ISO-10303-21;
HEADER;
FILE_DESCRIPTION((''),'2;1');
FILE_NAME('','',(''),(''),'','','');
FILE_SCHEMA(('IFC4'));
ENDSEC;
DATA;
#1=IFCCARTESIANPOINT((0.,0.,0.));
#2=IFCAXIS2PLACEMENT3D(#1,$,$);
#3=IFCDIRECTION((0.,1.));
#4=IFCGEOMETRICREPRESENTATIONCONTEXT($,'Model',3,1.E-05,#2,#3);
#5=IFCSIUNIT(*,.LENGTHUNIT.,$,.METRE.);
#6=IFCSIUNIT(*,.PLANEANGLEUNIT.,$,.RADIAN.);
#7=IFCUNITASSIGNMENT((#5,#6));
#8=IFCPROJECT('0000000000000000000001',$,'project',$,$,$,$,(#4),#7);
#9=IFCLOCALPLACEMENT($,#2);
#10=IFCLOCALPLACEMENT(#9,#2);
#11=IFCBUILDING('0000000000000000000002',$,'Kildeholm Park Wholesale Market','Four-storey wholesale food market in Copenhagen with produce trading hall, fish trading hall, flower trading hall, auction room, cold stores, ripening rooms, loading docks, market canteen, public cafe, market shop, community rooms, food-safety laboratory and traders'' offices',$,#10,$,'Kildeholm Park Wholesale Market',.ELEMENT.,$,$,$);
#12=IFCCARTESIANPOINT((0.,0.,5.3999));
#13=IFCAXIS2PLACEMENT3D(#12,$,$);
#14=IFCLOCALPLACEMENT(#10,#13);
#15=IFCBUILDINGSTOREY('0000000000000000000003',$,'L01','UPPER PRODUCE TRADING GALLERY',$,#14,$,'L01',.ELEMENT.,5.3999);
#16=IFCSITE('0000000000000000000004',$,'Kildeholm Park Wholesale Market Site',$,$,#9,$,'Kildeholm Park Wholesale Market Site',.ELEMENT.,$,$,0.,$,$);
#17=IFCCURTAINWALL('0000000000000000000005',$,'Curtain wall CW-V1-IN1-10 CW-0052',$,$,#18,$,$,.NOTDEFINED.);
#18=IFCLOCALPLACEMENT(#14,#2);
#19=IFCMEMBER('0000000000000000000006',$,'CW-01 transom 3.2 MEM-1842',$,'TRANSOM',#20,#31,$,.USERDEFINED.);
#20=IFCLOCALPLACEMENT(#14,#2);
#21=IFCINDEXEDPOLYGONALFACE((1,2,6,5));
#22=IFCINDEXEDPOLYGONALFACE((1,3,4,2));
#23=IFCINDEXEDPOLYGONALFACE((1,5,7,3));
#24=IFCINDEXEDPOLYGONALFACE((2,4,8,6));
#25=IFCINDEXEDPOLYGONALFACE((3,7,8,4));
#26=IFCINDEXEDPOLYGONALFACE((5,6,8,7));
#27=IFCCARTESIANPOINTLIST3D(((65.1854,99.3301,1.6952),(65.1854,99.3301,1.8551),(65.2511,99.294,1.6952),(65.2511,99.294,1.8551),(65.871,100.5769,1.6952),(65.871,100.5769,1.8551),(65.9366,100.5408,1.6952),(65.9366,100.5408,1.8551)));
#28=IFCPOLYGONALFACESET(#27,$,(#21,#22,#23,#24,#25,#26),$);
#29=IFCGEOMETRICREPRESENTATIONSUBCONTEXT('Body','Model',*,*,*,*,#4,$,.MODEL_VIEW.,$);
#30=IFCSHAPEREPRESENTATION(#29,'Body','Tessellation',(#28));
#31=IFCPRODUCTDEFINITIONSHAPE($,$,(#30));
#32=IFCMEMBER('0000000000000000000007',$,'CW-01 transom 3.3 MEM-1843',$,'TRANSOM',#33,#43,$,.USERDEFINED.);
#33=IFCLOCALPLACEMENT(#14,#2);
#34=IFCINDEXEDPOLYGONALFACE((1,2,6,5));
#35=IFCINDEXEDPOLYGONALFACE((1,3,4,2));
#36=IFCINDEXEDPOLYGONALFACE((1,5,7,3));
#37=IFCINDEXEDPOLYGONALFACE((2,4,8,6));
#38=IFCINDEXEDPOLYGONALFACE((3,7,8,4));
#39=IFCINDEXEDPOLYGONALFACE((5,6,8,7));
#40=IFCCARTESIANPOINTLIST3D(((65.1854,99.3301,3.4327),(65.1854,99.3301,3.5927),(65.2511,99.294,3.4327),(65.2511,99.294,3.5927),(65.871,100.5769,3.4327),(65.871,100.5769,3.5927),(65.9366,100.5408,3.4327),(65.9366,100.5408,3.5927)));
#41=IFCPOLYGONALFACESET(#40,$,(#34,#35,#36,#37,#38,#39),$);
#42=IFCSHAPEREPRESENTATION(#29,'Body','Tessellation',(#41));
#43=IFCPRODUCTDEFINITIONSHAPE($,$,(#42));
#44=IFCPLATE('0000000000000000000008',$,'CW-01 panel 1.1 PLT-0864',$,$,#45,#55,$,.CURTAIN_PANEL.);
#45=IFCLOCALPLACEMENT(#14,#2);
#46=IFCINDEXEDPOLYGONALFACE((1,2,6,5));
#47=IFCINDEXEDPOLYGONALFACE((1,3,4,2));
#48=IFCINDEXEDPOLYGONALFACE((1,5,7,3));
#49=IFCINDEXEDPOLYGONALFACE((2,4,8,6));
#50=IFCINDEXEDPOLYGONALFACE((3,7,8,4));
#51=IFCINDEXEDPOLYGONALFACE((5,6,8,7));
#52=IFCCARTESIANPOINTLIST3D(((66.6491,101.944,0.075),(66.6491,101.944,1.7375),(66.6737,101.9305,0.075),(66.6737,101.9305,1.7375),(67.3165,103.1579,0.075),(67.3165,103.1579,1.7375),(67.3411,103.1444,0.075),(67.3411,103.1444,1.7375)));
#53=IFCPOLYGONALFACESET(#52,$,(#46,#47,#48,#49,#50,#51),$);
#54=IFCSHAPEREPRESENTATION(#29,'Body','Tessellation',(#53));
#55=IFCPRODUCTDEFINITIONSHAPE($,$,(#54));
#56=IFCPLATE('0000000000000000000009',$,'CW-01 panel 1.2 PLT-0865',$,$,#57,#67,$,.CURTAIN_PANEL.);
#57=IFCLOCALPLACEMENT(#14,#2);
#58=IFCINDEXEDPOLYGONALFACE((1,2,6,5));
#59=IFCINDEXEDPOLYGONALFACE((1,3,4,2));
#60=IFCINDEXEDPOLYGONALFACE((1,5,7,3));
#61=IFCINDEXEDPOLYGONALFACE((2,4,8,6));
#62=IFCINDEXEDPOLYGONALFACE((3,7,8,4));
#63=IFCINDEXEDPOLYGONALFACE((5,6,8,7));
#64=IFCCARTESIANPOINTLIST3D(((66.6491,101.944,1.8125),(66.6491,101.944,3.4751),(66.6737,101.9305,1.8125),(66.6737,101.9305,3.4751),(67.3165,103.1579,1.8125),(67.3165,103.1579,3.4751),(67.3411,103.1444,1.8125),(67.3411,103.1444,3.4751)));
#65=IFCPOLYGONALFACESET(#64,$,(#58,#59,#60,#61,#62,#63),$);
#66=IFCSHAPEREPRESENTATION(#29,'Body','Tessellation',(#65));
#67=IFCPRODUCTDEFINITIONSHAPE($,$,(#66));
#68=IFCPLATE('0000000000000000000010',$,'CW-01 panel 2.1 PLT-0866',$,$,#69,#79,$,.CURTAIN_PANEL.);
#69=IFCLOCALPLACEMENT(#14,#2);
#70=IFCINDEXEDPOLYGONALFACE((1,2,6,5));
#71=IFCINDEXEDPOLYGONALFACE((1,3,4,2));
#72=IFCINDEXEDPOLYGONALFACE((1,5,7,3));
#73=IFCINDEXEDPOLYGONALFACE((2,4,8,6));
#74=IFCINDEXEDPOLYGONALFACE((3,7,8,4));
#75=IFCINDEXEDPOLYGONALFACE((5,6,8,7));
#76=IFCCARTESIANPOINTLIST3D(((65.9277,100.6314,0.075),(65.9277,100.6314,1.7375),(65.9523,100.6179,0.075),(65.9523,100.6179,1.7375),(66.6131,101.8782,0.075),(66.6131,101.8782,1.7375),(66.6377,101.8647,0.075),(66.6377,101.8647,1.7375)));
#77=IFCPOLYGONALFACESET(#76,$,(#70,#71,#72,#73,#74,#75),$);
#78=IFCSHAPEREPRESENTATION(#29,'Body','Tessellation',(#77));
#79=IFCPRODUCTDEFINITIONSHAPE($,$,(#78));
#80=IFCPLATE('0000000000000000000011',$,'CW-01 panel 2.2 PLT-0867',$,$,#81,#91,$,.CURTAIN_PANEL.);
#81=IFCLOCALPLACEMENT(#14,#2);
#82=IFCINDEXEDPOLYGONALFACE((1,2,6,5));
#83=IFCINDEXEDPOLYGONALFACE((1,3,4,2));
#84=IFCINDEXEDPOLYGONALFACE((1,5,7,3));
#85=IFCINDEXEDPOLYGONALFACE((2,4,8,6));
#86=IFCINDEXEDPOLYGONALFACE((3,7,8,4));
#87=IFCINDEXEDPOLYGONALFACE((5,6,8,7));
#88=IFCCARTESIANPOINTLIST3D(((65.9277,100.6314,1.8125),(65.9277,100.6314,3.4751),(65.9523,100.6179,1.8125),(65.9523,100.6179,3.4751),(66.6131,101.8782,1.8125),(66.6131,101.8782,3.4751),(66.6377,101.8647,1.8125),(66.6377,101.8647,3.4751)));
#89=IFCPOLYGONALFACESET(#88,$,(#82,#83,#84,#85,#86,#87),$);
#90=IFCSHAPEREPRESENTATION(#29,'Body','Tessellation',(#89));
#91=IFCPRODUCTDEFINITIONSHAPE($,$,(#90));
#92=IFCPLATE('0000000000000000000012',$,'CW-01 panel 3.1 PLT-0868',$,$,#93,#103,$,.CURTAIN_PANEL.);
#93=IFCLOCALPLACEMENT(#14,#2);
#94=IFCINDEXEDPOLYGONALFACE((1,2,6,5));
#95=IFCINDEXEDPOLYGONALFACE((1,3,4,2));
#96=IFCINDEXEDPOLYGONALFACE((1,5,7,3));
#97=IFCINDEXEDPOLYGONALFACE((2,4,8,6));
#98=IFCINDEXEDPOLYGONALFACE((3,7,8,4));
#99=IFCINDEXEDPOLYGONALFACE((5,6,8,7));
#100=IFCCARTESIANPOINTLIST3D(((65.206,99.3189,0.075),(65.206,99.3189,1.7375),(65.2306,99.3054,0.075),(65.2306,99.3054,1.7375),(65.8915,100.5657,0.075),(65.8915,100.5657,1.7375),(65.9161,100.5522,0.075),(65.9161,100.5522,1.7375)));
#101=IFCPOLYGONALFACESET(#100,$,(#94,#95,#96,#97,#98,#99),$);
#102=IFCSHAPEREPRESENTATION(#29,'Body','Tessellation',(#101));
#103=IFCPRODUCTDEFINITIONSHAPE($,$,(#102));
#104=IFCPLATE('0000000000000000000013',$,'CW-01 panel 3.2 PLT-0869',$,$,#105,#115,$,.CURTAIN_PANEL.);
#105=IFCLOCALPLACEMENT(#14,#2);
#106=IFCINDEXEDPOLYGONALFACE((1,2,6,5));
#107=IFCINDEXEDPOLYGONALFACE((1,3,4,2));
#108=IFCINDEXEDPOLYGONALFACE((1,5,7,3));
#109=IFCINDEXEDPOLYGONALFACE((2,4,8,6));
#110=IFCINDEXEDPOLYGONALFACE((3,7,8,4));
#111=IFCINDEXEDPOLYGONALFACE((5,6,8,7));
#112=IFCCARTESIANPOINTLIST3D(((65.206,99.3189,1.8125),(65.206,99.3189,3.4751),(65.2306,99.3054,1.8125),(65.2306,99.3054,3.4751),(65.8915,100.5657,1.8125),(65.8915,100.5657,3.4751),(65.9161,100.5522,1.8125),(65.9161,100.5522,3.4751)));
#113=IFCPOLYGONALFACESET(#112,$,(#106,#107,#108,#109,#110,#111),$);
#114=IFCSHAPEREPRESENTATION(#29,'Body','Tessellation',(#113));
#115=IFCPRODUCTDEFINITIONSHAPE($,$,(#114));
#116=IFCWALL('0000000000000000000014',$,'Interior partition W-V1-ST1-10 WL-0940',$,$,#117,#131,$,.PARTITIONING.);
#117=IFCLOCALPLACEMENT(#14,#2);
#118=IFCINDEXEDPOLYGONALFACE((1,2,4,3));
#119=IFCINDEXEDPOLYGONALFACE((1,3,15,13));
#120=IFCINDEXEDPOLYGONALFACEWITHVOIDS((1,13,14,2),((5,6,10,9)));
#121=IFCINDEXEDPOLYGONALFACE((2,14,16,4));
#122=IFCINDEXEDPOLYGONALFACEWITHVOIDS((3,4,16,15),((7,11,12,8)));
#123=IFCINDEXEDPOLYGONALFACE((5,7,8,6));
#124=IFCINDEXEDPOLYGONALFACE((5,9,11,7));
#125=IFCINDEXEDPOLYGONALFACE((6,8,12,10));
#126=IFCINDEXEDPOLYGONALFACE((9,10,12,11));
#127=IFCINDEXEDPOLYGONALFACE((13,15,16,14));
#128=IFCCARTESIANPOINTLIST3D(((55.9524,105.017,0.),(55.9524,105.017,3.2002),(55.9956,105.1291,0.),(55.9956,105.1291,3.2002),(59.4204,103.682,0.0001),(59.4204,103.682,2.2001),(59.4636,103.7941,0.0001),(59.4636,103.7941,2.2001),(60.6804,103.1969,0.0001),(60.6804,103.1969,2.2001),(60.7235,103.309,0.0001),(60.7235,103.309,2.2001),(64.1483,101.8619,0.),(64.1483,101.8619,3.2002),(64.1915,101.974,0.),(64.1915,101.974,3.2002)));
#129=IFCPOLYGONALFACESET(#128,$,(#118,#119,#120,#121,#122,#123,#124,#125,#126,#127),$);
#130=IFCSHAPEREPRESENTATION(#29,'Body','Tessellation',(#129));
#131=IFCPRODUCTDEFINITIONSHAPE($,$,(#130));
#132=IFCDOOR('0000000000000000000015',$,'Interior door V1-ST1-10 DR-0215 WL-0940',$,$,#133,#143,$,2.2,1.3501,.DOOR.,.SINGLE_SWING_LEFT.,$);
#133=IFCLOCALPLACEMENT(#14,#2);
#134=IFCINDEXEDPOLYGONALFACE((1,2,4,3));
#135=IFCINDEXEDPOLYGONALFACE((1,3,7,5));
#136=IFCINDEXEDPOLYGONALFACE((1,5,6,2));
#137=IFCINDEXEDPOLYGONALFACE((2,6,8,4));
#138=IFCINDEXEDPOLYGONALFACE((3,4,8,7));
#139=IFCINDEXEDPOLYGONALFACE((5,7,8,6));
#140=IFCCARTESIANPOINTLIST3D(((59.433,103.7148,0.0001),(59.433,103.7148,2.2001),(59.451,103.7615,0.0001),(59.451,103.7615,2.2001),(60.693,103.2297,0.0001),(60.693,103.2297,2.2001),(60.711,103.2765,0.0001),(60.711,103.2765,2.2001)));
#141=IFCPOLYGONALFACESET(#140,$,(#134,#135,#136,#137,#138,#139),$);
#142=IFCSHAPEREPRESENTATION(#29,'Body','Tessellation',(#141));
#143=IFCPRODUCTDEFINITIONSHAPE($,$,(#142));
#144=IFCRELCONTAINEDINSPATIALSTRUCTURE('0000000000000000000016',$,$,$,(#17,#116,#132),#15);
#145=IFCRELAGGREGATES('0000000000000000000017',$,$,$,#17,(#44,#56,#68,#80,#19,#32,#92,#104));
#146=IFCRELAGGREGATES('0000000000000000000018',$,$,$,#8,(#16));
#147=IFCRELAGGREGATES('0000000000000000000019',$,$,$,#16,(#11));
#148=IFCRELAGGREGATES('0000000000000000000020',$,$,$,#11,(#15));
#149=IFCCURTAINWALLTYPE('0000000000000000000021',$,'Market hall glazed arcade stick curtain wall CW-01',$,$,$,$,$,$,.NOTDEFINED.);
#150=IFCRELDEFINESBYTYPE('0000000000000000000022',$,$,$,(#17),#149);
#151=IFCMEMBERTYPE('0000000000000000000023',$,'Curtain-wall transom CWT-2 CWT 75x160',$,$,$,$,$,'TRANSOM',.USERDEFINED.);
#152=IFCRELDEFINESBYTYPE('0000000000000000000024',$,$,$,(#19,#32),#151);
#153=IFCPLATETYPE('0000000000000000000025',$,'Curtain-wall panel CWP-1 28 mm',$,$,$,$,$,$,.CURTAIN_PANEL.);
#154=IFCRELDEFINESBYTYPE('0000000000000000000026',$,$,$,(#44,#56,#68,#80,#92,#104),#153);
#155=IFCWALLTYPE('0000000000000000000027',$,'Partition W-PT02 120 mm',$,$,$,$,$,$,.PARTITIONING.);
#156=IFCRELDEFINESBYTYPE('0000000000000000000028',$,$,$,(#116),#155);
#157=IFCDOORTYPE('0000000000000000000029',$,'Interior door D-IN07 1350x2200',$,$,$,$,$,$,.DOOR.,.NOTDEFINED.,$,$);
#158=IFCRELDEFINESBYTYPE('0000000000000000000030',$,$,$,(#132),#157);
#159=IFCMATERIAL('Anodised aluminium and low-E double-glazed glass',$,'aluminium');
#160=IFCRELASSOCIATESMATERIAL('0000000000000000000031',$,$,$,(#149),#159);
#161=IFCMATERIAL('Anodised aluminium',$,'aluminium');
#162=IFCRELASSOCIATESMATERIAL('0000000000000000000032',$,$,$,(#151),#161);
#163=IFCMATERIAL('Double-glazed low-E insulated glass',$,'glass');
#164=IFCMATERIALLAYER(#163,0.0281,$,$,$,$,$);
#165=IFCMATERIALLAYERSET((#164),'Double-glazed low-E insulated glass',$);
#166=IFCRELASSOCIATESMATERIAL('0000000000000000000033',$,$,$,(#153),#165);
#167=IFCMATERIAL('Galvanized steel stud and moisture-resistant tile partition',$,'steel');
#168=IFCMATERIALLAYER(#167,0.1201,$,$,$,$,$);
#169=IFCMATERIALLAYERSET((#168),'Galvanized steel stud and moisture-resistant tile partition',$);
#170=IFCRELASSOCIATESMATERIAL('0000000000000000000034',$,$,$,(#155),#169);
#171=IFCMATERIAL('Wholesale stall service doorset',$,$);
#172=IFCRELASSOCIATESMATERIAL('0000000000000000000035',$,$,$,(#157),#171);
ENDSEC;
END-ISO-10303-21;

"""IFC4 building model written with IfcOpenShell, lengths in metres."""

from ifc_helpers import new_model, si_unit, direction, frame, frame_2d, origin, origin_2d, place, context, subcontext, project, spatial, rectangle, extrude, material, layer, layer_set, material_profile, profile_set, type_object, element, fill, aggregate, save


model = new_model("IFC4")

# Units and contexts
model_context = context("Model", 3, precision=1e-05, world=origin(), true_north=direction((0.0, 1.0)))
body_context = subcontext(model_context, "Body", "Model", "MODEL_VIEW")
ifc_project = project(units=[si_unit("LENGTHUNIT", "METRE"), si_unit("PLANEANGLEUNIT", "RADIAN")], contexts=[model_context])

# Site, building, storey
site_placement = place(None, origin())
site = spatial("IfcSite", under=ifc_project, at=site_placement, Name="Kildeholm Park Wholesale Market Site", LongName="Kildeholm Park Wholesale Market Site", CompositionType="ELEMENT", RefElevation=0.0)
building_placement = place(site_placement, origin())
building = spatial("IfcBuilding", under=site, at=building_placement, Name="Kildeholm Park Wholesale Market", Description="Four-storey wholesale food market in Copenhagen with produce trading hall, fish trading hall, flower trading hall, auction room, cold stores, ripening rooms, loading docks, market canteen, public cafe, market shop, community rooms, food-safety laboratory and traders' offices", LongName="Kildeholm Park Wholesale Market", CompositionType="ELEMENT")
storey_placement = place(building_placement, frame((0.0, 0.0, 5.3999)))
storey = spatial("IfcBuildingStorey", under=building, at=storey_placement, Name="L01", Description="UPPER PRODUCE TRADING GALLERY", LongName="L01", CompositionType="ELEMENT", Elevation=5.3999)

# Curtain wall, members, plates
ifc_material_1 = material(Name="Anodised aluminium and low-E double-glazed glass", Category="aluminium")
curtain_wall_type = type_object("IfcCurtainWallType", Name="Market hall glazed arcade stick curtain wall CW-01", PredefinedType="NOTDEFINED", material=ifc_material_1)
curtain_wall_placement = place(storey_placement, origin())
curtain_wall = element("IfcCurtainWall", 1, at=curtain_wall_placement, inside=storey, type_object=curtain_wall_type, Name="Curtain wall CW-V1-IN1-10 CW-0052", PredefinedType="NOTDEFINED")
ifc_material_2 = material(Name="Anodised aluminium", Category="aluminium")
ifc_material_profile_1 = material_profile(ifc_material_2, rectangle(XDim=0.075, YDim=0.1599, at=origin_2d()), Name="CWT 75x160")
ifc_profile_set_1 = profile_set([ifc_material_profile_1], Name="Anodised aluminium")
member_type_1 = type_object("IfcMemberType", Name="Curtain-wall transom CWT-2 CWT 75x160", ElementType="TRANSOM", PredefinedType="USERDEFINED", material=ifc_profile_set_1)
member_1_placement = place(storey_placement, frame((65.9038, 100.5588, 1.7751), z_axis=(-0.481807, -0.876277, 0.0), x_axis=(0.876277, -0.481807, 0.0)))
member_1 = element("IfcMember", 2, at=member_1_placement, type_object=member_type_1, Name="CW-01 transom 3.2 MEM-1842", ObjectType="TRANSOM", PredefinedType="USERDEFINED", context=body_context, shape_type="SweptSolid", body=[
    extrude(rectangle(XDim=0.075, YDim=0.1599, at=origin_2d()), origin(), (0.0, 0.0, 1.0), 1.4229),
])
member_2_placement = place(storey_placement, frame((65.9038, 100.5588, 3.5127), z_axis=(-0.481807, -0.876277, 0.0), x_axis=(0.876277, -0.481807, 0.0)))
member_2 = element("IfcMember", 3, at=member_2_placement, type_object=member_type_1, Name="CW-01 transom 3.3 MEM-1843", ObjectType="TRANSOM", PredefinedType="USERDEFINED", context=body_context, shape_type="SweptSolid", body=[
    extrude(rectangle(XDim=0.075, YDim=0.1599, at=origin_2d()), origin(), (0.0, 0.0, 1.0), 1.4229),
])
ifc_material_3 = material(Name="Double-glazed low-E insulated glass", Category="glass")
ifc_layer_1 = layer(ifc_material_3, 0.0281)
ifc_layer_set_1 = layer_set([ifc_layer_1], Name="Double-glazed low-E insulated glass")
plate_type = type_object("IfcPlateType", Name="Curtain-wall panel CWP-1 28 mm", PredefinedType="CURTAIN_PANEL", material=ifc_layer_set_1)
plate_1_placement = place(storey_placement, frame((66.9951, 102.5442, 0.075), z_axis=(0.0, 0.0, 1.0), x_axis=(-0.48175, -0.876309, 0.0)))
plate_1 = element("IfcPlate", 4, at=plate_1_placement, type_object=plate_type, Name="CW-01 panel 1.1 PLT-0864", PredefinedType="CURTAIN_PANEL", context=body_context, shape_type="SweptSolid", body=[
    extrude(rectangle(XDim=1.3853, YDim=0.0281, at=origin_2d()), origin(), (0.0, 0.0, 1.0), 1.6626),
])
plate_2_placement = place(storey_placement, frame((66.9951, 102.5442, 1.8125), z_axis=(0.0, 0.0, 1.0), x_axis=(-0.48175, -0.876309, 0.0)))
plate_2 = element("IfcPlate", 5, at=plate_2_placement, type_object=plate_type, Name="CW-01 panel 1.2 PLT-0865", PredefinedType="CURTAIN_PANEL", context=body_context, shape_type="SweptSolid", body=[
    extrude(rectangle(XDim=1.3853, YDim=0.0281, at=origin_2d()), origin(), (0.0, 0.0, 1.0), 1.6626),
])
plate_3_placement = place(storey_placement, frame((66.2827, 101.248, 0.075), z_axis=(0.0, 0.0, 1.0), x_axis=(-0.48175, -0.876309, 0.0)))
plate_3 = element("IfcPlate", 6, at=plate_3_placement, type_object=plate_type, Name="CW-01 panel 2.1 PLT-0866", PredefinedType="CURTAIN_PANEL", context=body_context, shape_type="SweptSolid", body=[
    extrude(rectangle(XDim=1.4229, YDim=0.0281, at=origin_2d()), origin(), (0.0, 0.0, 1.0), 1.6626),
])
plate_4_placement = place(storey_placement, frame((66.2827, 101.248, 1.8125), z_axis=(0.0, 0.0, 1.0), x_axis=(-0.48175, -0.876309, 0.0)))
plate_4 = element("IfcPlate", 7, at=plate_4_placement, type_object=plate_type, Name="CW-01 panel 2.2 PLT-0867", PredefinedType="CURTAIN_PANEL", context=body_context, shape_type="SweptSolid", body=[
    extrude(rectangle(XDim=1.4229, YDim=0.0281, at=origin_2d()), origin(), (0.0, 0.0, 1.0), 1.6626),
])
plate_5_placement = place(storey_placement, frame((65.561, 99.9355, 0.075), z_axis=(0.0, 0.0, 1.0), x_axis=(-0.48175, -0.876309, 0.0)))
plate_5 = element("IfcPlate", 8, at=plate_5_placement, type_object=plate_type, Name="CW-01 panel 3.1 PLT-0868", PredefinedType="CURTAIN_PANEL", context=body_context, shape_type="SweptSolid", body=[
    extrude(rectangle(XDim=1.4229, YDim=0.0281, at=origin_2d()), origin(), (0.0, 0.0, 1.0), 1.6626),
])
plate_6_placement = place(storey_placement, frame((65.561, 99.9355, 1.8125), z_axis=(0.0, 0.0, 1.0), x_axis=(-0.48175, -0.876309, 0.0)))
plate_6 = element("IfcPlate", 9, at=plate_6_placement, type_object=plate_type, Name="CW-01 panel 3.2 PLT-0869", PredefinedType="CURTAIN_PANEL", context=body_context, shape_type="SweptSolid", body=[
    extrude(rectangle(XDim=1.4229, YDim=0.0281, at=origin_2d()), origin(), (0.0, 0.0, 1.0), 1.6626),
])
aggregate(curtain_wall, [plate_1, plate_2, plate_3, plate_4, member_1, member_2, plate_5, plate_6])

# Wall, opening, door
ifc_material_4 = material(Name="Galvanized steel stud and moisture-resistant tile partition", Category="steel")
ifc_layer_2 = layer(ifc_material_4, 0.1201)
ifc_layer_set_2 = layer_set([ifc_layer_2], Name="Galvanized steel stud and moisture-resistant tile partition")
wall_type = type_object("IfcWallType", Name="Partition W-PT02 120 mm", PredefinedType="PARTITIONING", material=ifc_layer_set_2)
wall_placement = place(storey_placement, frame((64.1699, 101.918, 0.0), z_axis=(0.0, 0.0, 1.0), x_axis=(-0.933239, 0.359257, 0.0)))
wall = element("IfcWall", 10, at=wall_placement, inside=storey, type_object=wall_type, Name="Interior partition W-V1-ST1-10 WL-0940", PredefinedType="PARTITIONING", context=body_context, shape_type="SweptSolid", body=[
    extrude(rectangle(XDim=8.7822, YDim=0.1201, at=frame_2d((4.3911, 0.0))), origin(), (0.0, 0.0, 1.0), 3.2002),
])
opening_placement = place(wall_placement, frame((3.7161, 0.0, 0.0)))
opening = element("IfcOpeningElement", 11, at=opening_placement, cuts=wall, PredefinedType="OPENING", context=body_context, shape_type="SweptSolid", body=[
    extrude(rectangle(XDim=1.3501, YDim=2.2, at=frame_2d((0.675, 1.1001))), frame((0.0, 0.0701, 0.0), z_axis=(0.0, -1.0, 0.0), x_axis=(1.0, 0.0, 0.0)), (0.0, 0.0, 1.0), 0.1401),
])
ifc_material_5 = material(Name="Wholesale stall service doorset")
door_type = type_object("IfcDoorType", Name="Interior door D-IN07 1350x2200", OperationType="NOTDEFINED", PredefinedType="DOOR", material=ifc_material_5)
door_placement = place(opening_placement, origin())
door = element("IfcDoor", 12, at=door_placement, inside=storey, type_object=door_type, Name="Interior door V1-ST1-10 DR-0215 WL-0940", OperationType="SINGLE_SWING_LEFT", OverallHeight=2.2, OverallWidth=1.3501, PredefinedType="DOOR", context=body_context, shape_type="SweptSolid", body=[
    extrude(rectangle(XDim=1.3501, YDim=2.2, at=frame_2d((0.675, 1.1001))), frame((0.0, 0.0249, 0.0), z_axis=(0.0, -1.0, 0.0), x_axis=(1.0, 0.0, 0.0)), (0.0, 0.0, 1.0), 0.05),
])
fill(opening, door)

save(model, "model.ifc")
